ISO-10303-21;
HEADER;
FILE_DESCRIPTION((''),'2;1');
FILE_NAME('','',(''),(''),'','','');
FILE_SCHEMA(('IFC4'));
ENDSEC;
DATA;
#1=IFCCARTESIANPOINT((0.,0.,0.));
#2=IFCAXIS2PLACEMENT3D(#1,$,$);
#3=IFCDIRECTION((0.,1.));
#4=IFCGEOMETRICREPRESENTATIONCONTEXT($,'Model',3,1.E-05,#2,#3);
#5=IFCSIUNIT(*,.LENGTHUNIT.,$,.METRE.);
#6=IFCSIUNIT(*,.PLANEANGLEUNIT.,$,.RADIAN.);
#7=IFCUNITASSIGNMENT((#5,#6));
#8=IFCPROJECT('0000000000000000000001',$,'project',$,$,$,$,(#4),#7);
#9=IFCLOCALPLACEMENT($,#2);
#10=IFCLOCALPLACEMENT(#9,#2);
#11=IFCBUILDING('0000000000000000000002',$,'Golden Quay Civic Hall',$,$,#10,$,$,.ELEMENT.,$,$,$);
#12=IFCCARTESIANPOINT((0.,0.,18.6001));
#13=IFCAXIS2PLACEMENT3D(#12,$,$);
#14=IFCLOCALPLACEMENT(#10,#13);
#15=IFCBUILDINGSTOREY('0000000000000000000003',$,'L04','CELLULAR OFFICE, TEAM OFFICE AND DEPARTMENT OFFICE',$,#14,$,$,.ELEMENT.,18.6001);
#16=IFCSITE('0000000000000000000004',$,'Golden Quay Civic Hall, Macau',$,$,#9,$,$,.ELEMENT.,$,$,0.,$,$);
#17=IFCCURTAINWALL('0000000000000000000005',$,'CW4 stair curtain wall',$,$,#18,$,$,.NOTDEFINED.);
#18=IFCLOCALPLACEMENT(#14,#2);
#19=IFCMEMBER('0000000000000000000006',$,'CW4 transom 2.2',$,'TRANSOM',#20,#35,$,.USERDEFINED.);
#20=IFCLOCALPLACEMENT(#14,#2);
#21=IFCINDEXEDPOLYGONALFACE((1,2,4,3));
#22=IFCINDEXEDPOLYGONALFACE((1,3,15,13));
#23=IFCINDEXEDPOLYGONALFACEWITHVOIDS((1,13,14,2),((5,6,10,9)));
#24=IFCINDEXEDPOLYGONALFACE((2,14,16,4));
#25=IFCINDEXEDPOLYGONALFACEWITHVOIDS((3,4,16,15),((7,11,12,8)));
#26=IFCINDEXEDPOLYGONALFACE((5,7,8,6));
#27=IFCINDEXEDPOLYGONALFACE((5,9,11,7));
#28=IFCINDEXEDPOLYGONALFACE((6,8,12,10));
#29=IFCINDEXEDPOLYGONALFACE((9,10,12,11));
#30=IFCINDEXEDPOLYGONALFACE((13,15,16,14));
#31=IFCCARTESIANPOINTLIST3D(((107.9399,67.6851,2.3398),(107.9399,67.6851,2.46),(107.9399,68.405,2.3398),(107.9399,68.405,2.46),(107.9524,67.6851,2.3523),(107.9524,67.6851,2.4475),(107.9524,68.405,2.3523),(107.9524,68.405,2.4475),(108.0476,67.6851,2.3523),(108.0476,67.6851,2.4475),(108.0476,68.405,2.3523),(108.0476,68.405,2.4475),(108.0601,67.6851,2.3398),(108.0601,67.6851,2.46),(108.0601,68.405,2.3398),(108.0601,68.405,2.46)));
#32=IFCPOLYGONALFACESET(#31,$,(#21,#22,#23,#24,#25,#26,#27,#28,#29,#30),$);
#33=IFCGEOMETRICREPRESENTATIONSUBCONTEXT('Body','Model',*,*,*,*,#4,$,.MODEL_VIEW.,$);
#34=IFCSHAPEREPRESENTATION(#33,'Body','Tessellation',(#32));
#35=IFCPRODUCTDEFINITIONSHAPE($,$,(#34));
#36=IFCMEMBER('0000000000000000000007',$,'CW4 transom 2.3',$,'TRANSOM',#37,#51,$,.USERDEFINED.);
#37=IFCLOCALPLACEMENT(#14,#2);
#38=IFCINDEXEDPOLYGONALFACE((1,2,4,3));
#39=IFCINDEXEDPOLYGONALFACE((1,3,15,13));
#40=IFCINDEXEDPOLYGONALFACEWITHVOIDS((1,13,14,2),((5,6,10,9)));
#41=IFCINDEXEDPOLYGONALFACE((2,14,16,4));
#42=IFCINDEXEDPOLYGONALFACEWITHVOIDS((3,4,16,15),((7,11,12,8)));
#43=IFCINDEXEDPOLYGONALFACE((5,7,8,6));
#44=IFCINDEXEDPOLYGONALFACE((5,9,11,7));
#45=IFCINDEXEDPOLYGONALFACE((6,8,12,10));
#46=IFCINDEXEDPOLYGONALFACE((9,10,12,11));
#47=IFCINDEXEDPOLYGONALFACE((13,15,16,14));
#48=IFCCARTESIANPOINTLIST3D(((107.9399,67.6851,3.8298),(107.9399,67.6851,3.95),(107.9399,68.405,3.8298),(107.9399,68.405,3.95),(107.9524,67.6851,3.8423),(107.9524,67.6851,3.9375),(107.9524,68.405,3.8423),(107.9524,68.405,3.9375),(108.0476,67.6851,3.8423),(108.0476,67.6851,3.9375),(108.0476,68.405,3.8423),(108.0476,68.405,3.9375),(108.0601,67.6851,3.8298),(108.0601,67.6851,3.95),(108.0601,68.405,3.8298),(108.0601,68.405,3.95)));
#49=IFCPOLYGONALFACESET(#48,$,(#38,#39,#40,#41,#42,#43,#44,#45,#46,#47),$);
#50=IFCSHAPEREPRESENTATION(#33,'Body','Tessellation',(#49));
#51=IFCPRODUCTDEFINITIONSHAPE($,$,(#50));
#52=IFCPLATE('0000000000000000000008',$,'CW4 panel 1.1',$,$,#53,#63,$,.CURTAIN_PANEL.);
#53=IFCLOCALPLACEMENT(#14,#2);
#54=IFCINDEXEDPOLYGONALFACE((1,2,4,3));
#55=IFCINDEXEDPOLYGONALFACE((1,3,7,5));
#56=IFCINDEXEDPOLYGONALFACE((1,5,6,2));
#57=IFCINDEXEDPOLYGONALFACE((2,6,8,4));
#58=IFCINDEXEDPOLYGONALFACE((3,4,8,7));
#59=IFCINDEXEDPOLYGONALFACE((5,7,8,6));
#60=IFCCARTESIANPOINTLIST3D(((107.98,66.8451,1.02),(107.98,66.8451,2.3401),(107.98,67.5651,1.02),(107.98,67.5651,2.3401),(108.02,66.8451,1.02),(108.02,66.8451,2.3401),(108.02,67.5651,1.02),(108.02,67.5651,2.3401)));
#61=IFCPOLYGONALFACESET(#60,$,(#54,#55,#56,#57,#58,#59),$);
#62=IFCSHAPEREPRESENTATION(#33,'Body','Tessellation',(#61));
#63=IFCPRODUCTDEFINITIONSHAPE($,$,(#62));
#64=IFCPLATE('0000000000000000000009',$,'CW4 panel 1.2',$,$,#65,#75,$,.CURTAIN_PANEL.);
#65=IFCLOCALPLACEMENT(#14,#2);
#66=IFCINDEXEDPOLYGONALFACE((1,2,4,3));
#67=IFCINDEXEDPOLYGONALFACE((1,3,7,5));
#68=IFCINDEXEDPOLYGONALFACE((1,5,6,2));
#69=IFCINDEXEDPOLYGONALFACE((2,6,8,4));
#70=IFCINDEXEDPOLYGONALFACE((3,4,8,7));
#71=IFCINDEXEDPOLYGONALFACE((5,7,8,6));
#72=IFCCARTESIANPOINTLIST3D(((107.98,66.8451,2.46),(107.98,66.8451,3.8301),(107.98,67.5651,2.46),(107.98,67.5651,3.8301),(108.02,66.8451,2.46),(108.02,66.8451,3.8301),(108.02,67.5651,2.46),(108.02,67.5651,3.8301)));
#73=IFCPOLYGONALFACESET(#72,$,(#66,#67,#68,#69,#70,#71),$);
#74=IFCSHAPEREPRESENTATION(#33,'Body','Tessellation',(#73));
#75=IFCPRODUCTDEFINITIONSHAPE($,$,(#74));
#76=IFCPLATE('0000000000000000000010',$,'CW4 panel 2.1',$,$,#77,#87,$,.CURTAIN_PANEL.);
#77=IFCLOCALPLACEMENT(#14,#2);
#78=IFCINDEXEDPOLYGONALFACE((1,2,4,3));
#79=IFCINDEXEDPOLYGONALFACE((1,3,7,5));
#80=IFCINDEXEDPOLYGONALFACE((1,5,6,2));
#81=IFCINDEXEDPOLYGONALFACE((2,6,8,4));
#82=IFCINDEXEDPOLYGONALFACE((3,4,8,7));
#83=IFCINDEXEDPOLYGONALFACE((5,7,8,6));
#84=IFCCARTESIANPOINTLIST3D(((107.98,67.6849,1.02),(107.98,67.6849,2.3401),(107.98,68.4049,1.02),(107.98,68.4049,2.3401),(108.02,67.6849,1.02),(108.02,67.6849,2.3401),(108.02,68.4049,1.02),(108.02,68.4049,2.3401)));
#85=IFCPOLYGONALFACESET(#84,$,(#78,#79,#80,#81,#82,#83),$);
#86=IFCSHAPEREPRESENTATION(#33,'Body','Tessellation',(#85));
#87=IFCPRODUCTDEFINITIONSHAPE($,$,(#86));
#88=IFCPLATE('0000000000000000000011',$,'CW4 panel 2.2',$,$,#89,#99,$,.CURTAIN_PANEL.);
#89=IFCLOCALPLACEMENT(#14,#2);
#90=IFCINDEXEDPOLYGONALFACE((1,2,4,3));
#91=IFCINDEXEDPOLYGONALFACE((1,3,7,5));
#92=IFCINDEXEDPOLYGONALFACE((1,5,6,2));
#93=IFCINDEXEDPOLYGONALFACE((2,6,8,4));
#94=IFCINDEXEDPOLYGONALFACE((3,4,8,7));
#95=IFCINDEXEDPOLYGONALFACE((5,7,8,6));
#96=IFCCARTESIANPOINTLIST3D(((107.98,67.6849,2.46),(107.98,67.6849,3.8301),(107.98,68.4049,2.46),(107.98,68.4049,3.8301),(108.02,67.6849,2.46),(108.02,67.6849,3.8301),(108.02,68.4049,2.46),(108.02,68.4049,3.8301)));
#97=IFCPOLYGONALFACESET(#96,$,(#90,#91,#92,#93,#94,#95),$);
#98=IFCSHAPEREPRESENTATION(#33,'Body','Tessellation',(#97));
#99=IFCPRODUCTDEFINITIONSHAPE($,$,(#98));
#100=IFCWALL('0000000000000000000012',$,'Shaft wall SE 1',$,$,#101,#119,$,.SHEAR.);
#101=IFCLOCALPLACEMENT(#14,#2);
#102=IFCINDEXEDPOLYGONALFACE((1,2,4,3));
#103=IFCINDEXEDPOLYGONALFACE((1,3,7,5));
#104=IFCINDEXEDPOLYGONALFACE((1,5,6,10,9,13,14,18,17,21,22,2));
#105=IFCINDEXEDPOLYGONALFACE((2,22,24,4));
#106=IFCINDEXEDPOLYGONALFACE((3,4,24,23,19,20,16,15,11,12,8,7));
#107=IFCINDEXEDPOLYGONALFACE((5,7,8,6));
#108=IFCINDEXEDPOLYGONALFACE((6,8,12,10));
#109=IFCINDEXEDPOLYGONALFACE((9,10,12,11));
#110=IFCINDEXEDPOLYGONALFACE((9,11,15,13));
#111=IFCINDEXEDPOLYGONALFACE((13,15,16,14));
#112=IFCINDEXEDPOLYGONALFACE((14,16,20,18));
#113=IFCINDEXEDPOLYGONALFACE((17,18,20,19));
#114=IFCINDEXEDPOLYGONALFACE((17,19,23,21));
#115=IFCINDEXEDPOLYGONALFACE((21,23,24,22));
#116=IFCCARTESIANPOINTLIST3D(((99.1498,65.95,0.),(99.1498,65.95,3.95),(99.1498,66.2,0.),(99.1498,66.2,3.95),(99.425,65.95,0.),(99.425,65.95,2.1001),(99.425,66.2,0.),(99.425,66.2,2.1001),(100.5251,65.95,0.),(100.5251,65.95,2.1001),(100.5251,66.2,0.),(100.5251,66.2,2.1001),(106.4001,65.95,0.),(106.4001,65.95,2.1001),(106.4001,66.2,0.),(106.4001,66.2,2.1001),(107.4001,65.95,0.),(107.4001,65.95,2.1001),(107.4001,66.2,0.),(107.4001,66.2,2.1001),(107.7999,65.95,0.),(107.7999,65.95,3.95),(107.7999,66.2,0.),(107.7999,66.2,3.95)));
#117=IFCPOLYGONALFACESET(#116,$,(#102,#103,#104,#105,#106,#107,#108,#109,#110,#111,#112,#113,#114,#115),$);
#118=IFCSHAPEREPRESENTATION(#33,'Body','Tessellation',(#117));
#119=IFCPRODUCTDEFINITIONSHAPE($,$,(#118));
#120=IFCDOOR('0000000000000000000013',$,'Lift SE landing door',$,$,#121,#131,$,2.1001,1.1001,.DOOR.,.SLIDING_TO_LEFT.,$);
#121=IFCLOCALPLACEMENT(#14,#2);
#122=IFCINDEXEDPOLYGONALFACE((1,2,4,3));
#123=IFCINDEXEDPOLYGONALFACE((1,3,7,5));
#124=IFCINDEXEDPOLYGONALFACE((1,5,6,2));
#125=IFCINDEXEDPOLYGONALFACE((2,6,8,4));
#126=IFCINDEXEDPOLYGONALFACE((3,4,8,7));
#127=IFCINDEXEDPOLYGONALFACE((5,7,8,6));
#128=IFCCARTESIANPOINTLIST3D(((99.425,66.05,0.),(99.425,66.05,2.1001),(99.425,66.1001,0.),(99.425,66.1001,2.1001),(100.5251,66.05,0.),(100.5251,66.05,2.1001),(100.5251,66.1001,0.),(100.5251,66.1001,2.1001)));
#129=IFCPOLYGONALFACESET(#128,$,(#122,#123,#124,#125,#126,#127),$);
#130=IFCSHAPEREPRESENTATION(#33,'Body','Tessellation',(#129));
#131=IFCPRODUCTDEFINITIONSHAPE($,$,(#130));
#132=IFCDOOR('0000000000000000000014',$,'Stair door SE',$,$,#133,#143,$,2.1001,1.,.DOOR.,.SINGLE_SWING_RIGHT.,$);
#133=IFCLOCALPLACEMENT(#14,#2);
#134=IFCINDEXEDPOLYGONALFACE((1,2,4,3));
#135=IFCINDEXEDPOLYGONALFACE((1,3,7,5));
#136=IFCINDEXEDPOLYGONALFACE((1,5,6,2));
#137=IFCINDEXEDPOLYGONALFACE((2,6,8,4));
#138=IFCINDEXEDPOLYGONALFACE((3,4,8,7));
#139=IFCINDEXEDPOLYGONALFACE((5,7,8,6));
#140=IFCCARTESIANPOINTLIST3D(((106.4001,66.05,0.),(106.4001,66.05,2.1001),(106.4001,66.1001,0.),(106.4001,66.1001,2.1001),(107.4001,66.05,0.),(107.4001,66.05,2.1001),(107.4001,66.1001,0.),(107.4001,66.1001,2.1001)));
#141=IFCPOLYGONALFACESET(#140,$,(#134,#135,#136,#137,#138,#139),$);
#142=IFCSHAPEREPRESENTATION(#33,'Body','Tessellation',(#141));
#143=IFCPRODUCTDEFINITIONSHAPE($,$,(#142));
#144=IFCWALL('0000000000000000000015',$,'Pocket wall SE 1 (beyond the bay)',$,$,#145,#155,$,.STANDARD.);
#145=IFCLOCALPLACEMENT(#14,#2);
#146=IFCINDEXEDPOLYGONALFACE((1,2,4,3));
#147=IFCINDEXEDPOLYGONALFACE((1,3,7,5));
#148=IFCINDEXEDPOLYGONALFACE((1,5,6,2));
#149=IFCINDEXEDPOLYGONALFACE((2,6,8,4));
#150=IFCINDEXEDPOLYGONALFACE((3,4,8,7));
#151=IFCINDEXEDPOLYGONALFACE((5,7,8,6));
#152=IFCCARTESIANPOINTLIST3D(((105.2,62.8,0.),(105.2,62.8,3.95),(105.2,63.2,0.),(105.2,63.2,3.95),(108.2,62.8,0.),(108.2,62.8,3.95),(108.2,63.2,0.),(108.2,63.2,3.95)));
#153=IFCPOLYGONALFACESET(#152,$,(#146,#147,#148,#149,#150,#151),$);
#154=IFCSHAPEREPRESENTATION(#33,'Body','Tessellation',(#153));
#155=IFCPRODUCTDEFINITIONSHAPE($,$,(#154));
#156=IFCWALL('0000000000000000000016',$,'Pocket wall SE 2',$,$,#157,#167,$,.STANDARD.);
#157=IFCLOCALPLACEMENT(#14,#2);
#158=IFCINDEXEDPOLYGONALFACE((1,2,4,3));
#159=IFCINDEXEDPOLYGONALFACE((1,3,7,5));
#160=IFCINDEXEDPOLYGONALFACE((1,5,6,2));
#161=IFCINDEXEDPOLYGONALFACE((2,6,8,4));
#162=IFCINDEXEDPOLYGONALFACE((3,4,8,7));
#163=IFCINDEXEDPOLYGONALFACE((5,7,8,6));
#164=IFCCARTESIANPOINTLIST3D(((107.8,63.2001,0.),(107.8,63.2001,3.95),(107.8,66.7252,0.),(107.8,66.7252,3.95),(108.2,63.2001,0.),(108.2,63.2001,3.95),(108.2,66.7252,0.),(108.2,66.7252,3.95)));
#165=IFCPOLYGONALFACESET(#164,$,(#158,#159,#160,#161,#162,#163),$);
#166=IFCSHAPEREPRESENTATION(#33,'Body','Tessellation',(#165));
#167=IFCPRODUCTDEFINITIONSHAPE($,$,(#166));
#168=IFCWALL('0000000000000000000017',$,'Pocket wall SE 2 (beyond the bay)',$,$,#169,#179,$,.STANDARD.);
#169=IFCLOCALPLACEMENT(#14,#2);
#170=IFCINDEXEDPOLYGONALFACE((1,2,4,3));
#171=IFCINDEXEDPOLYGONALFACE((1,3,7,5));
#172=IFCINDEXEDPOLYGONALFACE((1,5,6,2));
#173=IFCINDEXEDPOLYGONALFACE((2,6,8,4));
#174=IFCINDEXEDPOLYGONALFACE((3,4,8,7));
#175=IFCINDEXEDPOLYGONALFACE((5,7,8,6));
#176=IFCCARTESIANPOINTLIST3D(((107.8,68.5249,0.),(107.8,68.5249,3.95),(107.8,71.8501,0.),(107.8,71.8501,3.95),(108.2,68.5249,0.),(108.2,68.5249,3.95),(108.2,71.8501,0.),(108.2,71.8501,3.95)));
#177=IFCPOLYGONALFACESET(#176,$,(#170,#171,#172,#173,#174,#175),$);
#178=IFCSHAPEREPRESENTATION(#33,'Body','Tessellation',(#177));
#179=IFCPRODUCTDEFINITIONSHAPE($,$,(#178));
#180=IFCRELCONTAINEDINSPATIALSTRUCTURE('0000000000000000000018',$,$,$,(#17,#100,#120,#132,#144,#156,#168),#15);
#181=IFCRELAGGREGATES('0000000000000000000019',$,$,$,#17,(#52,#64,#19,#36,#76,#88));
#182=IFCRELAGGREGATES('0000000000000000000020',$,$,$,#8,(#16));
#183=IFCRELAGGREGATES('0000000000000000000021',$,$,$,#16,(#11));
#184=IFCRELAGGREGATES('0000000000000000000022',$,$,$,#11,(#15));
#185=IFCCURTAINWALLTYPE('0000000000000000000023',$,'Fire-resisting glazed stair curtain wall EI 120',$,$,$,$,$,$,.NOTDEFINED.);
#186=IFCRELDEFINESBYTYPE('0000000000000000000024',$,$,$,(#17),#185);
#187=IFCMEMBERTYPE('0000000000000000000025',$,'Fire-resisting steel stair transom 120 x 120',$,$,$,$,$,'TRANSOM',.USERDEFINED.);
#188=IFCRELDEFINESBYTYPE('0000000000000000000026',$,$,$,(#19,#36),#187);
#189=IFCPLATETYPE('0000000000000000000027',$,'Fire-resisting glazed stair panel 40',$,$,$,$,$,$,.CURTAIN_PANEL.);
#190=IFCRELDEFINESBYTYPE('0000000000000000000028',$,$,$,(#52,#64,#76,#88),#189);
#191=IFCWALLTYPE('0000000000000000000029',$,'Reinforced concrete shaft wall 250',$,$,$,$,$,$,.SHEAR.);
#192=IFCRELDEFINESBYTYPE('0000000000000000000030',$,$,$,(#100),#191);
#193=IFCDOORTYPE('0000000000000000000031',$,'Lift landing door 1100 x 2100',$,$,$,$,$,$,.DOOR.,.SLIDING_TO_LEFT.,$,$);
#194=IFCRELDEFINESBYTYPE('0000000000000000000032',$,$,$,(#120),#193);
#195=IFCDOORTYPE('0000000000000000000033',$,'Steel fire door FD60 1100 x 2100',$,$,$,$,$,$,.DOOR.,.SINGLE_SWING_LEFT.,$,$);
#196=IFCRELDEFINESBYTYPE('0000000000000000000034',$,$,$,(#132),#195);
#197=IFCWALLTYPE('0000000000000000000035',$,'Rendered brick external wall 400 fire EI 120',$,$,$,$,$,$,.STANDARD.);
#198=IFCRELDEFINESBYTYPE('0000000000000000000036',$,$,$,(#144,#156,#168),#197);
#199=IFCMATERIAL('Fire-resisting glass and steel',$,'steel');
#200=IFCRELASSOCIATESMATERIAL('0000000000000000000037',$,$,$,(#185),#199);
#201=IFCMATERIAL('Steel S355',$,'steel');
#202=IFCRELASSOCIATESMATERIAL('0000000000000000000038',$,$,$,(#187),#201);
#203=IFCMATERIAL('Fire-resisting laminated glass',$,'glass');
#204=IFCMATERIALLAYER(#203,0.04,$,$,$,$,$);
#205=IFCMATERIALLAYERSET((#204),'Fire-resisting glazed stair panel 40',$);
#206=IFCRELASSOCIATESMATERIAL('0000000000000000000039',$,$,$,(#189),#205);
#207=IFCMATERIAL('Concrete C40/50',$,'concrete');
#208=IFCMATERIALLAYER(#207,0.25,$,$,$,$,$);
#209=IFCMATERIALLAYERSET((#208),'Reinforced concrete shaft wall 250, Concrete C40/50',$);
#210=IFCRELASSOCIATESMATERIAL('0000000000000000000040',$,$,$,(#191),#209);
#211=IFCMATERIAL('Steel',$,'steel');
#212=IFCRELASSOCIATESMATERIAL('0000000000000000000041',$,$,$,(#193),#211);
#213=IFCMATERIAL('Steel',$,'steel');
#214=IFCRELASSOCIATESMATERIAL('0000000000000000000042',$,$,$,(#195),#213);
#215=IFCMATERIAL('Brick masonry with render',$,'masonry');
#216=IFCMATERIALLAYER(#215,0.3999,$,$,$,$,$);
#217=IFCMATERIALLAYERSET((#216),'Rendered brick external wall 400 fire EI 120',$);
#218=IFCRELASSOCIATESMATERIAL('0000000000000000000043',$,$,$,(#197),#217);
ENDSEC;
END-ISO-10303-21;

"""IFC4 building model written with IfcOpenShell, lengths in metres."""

from ifc_helpers import new_model, si_unit, direction, frame, frame_2d, origin, origin_2d, place, context, subcontext, project, spatial, rectangle, hollow_rectangle, extrude, material, layer, layer_set, material_profile, profile_set, type_object, element, fill, aggregate, save


model = new_model("IFC4")

# Units and contexts
model_context = context("Model", 3, precision=1e-05, world=origin(), true_north=direction((0.0, 1.0)))
body_context = subcontext(model_context, "Body", "Model", "MODEL_VIEW")
ifc_project = project(units=[si_unit("LENGTHUNIT", "METRE"), si_unit("PLANEANGLEUNIT", "RADIAN")], contexts=[model_context])

# Site, building, storey
site_placement = place(None, origin())
site = spatial("IfcSite", under=ifc_project, at=site_placement, Name="Golden Quay Civic Hall, Macau", CompositionType="ELEMENT", RefElevation=0.0)
building_placement = place(site_placement, origin())
building = spatial("IfcBuilding", under=site, at=building_placement, Name="Golden Quay Civic Hall", CompositionType="ELEMENT")
storey_placement = place(building_placement, frame((0.0, 0.0, 18.6001)))
storey = spatial("IfcBuildingStorey", under=building, at=storey_placement, Name="L04", Description="CELLULAR OFFICE, TEAM OFFICE AND DEPARTMENT OFFICE", CompositionType="ELEMENT", Elevation=18.6001)

# Shared definitions
ifc_material_1 = material(Name="Fire-resisting glass and steel", Category="steel")
curtain_wall_type = type_object("IfcCurtainWallType", Name="Fire-resisting glazed stair curtain wall EI 120", PredefinedType="NOTDEFINED", material=ifc_material_1)

# Curtain wall, members, plates
curtain_wall_1_placement = place(storey_placement, origin())
curtain_wall_1 = element("IfcCurtainWall", 1, at=curtain_wall_1_placement, inside=storey, type_object=curtain_wall_type, Name="CW4 stair curtain wall", PredefinedType="NOTDEFINED")
ifc_material_2 = material(Name="Steel S355", Category="steel")
ifc_material_profile_1 = material_profile(ifc_material_2, hollow_rectangle(XDim=0.1201, YDim=0.1201, WallThickness=0.0125, at=origin_2d()), Name="SHS 120x120x12.5")
ifc_profile_set_1 = profile_set([ifc_material_profile_1], Name="Steel S355")
member_type_1 = type_object("IfcMemberType", Name="Fire-resisting steel stair transom 120 x 120", ElementType="TRANSOM", PredefinedType="USERDEFINED", material=ifc_profile_set_1)
member_1_placement = place(storey_placement, frame((108.0, 67.6851, 2.3999), z_axis=(0.0, 1.0, 0.0), x_axis=(-1.0, 0.0, 0.0)))
member_1 = element("IfcMember", 2, at=member_1_placement, type_object=member_type_1, Name="CW4 transom 2.2", ObjectType="TRANSOM", PredefinedType="USERDEFINED", context=body_context, shape_type="SweptSolid", body=[
    extrude(hollow_rectangle(XDim=0.1201, YDim=0.1201, WallThickness=0.0125, at=origin_2d()), origin(), (0.0, 0.0, 1.0), 0.72),
])
member_2_placement = place(storey_placement, frame((108.0, 67.6851, 3.8899), z_axis=(0.0, 1.0, 0.0), x_axis=(-1.0, 0.0, 0.0)))
member_2 = element("IfcMember", 3, at=member_2_placement, type_object=member_type_1, Name="CW4 transom 2.3", ObjectType="TRANSOM", PredefinedType="USERDEFINED", context=body_context, shape_type="SweptSolid", body=[
    extrude(hollow_rectangle(XDim=0.1201, YDim=0.1201, WallThickness=0.0125, at=origin_2d()), origin(), (0.0, 0.0, 1.0), 0.72),
])
ifc_material_3 = material(Name="Fire-resisting laminated glass", Category="glass")
ifc_layer_1 = layer(ifc_material_3, 0.04)
ifc_layer_set_1 = layer_set([ifc_layer_1], Name="Fire-resisting glazed stair panel 40")
plate_type = type_object("IfcPlateType", Name="Fire-resisting glazed stair panel 40", PredefinedType="CURTAIN_PANEL", material=ifc_layer_set_1)
plate_1_placement = place(storey_placement, frame((108.0, 67.2051, 1.02), z_axis=(0.0, 0.0, 1.0), x_axis=(0.0, 1.0, 0.0)))
plate_1 = element("IfcPlate", 4, at=plate_1_placement, type_object=plate_type, Name="CW4 panel 1.1", PredefinedType="CURTAIN_PANEL", context=body_context, shape_type="SweptSolid", body=[
    extrude(rectangle(XDim=0.72, YDim=0.04, at=origin_2d()), origin(), (0.0, 0.0, 1.0), 1.3201),
])
plate_2_placement = place(storey_placement, frame((108.0, 67.2051, 2.46), z_axis=(0.0, 0.0, 1.0), x_axis=(0.0, 1.0, 0.0)))
plate_2 = element("IfcPlate", 5, at=plate_2_placement, type_object=plate_type, Name="CW4 panel 1.2", PredefinedType="CURTAIN_PANEL", context=body_context, shape_type="SweptSolid", body=[
    extrude(rectangle(XDim=0.72, YDim=0.04, at=origin_2d()), origin(), (0.0, 0.0, 1.0), 1.3701),
])
plate_3_placement = place(storey_placement, frame((108.0, 68.0449, 1.02), z_axis=(0.0, 0.0, 1.0), x_axis=(0.0, 1.0, 0.0)))
plate_3 = element("IfcPlate", 6, at=plate_3_placement, type_object=plate_type, Name="CW4 panel 2.1", PredefinedType="CURTAIN_PANEL", context=body_context, shape_type="SweptSolid", body=[
    extrude(rectangle(XDim=0.72, YDim=0.04, at=origin_2d()), origin(), (0.0, 0.0, 1.0), 1.3201),
])
plate_4_placement = place(storey_placement, frame((108.0, 68.0449, 2.46), z_axis=(0.0, 0.0, 1.0), x_axis=(0.0, 1.0, 0.0)))
plate_4 = element("IfcPlate", 7, at=plate_4_placement, type_object=plate_type, Name="CW4 panel 2.2", PredefinedType="CURTAIN_PANEL", context=body_context, shape_type="SweptSolid", body=[
    extrude(rectangle(XDim=0.72, YDim=0.04, at=origin_2d()), origin(), (0.0, 0.0, 1.0), 1.3701),
])
aggregate(curtain_wall_1, [plate_1, plate_2, member_1, member_2, plate_3, plate_4])

# Wall, openings, doors
ifc_material_4 = material(Name="Concrete C40/50", Category="concrete")
ifc_layer_2 = layer(ifc_material_4, 0.25)
ifc_layer_set_2 = layer_set([ifc_layer_2], Name="Reinforced concrete shaft wall 250, Concrete C40/50")
wall_type_1 = type_object("IfcWallType", Name="Reinforced concrete shaft wall 250", PredefinedType="SHEAR", material=ifc_layer_set_2)
wall_1_placement = place(storey_placement, frame((107.8, 66.075, 0.0), z_axis=(0.0, 0.0, 1.0), x_axis=(-1.0, 0.0, 0.0)))
wall_1 = element("IfcWall", 8, at=wall_1_placement, inside=storey, type_object=wall_type_1, Name="Shaft wall SE 1", PredefinedType="SHEAR", context=body_context, shape_type="SweptSolid", body=[
    extrude(rectangle(XDim=8.6501, YDim=0.25, at=frame_2d((4.3252, 0.0))), origin(), (0.0, 0.0, 1.0), 3.95),
])
opening_1_placement = place(wall_1_placement, frame((0.3999, 0.0, 0.0)))
opening_1 = element("IfcOpeningElement", 9, at=opening_1_placement, cuts=wall_1, PredefinedType="OPENING", context=body_context, shape_type="SweptSolid", body=[
    extrude(rectangle(XDim=1.0, YDim=2.1001, at=frame_2d((0.5, 1.05))), frame((0.0, 0.135, 0.0), z_axis=(0.0, -1.0, 0.0), x_axis=(1.0, 0.0, 0.0)), (0.0, 0.0, 1.0), 0.27),
])
opening_2_placement = place(wall_1_placement, frame((7.2749, 0.0, 0.0)))
opening_2 = element("IfcOpeningElement", 10, at=opening_2_placement, cuts=wall_1, PredefinedType="OPENING", context=body_context, shape_type="SweptSolid", body=[
    extrude(rectangle(XDim=1.1001, YDim=2.1001, at=frame_2d((0.55, 1.05))), frame((0.0, 0.135, 0.0), z_axis=(0.0, -1.0, 0.0), x_axis=(1.0, 0.0, 0.0)), (0.0, 0.0, 1.0), 0.27),
])
ifc_material_5 = material(Name="Steel", Category="steel")
door_type_1 = type_object("IfcDoorType", Name="Lift landing door 1100 x 2100", OperationType="SLIDING_TO_LEFT", PredefinedType="DOOR", material=ifc_material_5)
door_1_placement = place(opening_2_placement, origin())
door_1 = element("IfcDoor", 11, at=door_1_placement, inside=storey, type_object=door_type_1, Name="Lift SE landing door", OperationType="SLIDING_TO_LEFT", OverallHeight=2.1001, OverallWidth=1.1001, PredefinedType="DOOR", context=body_context, shape_type="SweptSolid", body=[
    extrude(rectangle(XDim=1.1001, YDim=2.1001, at=frame_2d((0.55, 1.05))), frame((0.0, 0.0249, 0.0), z_axis=(0.0, -1.0, 0.0), x_axis=(1.0, 0.0, 0.0)), (0.0, 0.0, 1.0), 0.05),
])
fill(opening_2, door_1)
ifc_material_6 = material(Name="Steel", Category="steel")
door_type_2 = type_object("IfcDoorType", Name="Steel fire door FD60 1100 x 2100", OperationType="SINGLE_SWING_LEFT", PredefinedType="DOOR", material=ifc_material_6)
door_2_placement = place(opening_1_placement, frame((1.0, 0.0, 0.0), z_axis=(0.0, 0.0, 1.0), x_axis=(-1.0, 0.0, 0.0)))
door_2 = element("IfcDoor", 12, at=door_2_placement, inside=storey, type_object=door_type_2, Name="Stair door SE", OperationType="SINGLE_SWING_RIGHT", OverallHeight=2.1001, OverallWidth=1.0, PredefinedType="DOOR", context=body_context, shape_type="SweptSolid", body=[
    extrude(rectangle(XDim=1.0, YDim=2.1001, at=frame_2d((0.5, 1.05))), frame((0.0, 0.0251, 0.0), z_axis=(0.0, -1.0, 0.0), x_axis=(1.0, 0.0, 0.0)), (0.0, 0.0, 1.0), 0.05),
])
fill(opening_1, door_2)

# Walls
ifc_material_7 = material(Name="Brick masonry with render", Category="masonry")
ifc_layer_3 = layer(ifc_material_7, 0.3999)
ifc_layer_set_3 = layer_set([ifc_layer_3], Name="Rendered brick external wall 400 fire EI 120")
wall_type_2 = type_object("IfcWallType", Name="Rendered brick external wall 400 fire EI 120", PredefinedType="STANDARD", material=ifc_layer_set_3)
wall_2_placement = place(storey_placement, frame((105.2, 63.0, 0.0), z_axis=(0.0, 0.0, 1.0), x_axis=(1.0, 0.0, 0.0)))
element("IfcWall", 13, at=wall_2_placement, inside=storey, type_object=wall_type_2, Name="Pocket wall SE 1 (beyond the bay)", PredefinedType="STANDARD", context=body_context, shape_type="SweptSolid", body=[
    extrude(rectangle(XDim=3.0, YDim=0.3999, at=frame_2d((1.5, 0.0))), origin(), (0.0, 0.0, 1.0), 3.95),
])
wall_3_placement = place(storey_placement, frame((108.0, 63.2, 0.0), z_axis=(0.0, 0.0, 1.0), x_axis=(0.0, 1.0, 0.0)))
element("IfcWall", 14, at=wall_3_placement, inside=storey, type_object=wall_type_2, Name="Pocket wall SE 2", PredefinedType="STANDARD", context=body_context, shape_type="SweptSolid", body=[
    extrude(rectangle(XDim=3.5251, YDim=0.3999, at=frame_2d((1.7627, 0.0))), origin(), (0.0, 0.0, 1.0), 3.95),
])
wall_4_placement = place(storey_placement, frame((108.0, 68.5249, 0.0), z_axis=(0.0, 0.0, 1.0), x_axis=(0.0, 1.0, 0.0)))
element("IfcWall", 15, at=wall_4_placement, inside=storey, type_object=wall_type_2, Name="Pocket wall SE 2 (beyond the bay)", PredefinedType="STANDARD", context=body_context, shape_type="SweptSolid", body=[
    extrude(rectangle(XDim=3.3252, YDim=0.3999, at=frame_2d((1.6626, 0.0))), origin(), (0.0, 0.0, 1.0), 3.95),
])

save(model, "model.ifc")
